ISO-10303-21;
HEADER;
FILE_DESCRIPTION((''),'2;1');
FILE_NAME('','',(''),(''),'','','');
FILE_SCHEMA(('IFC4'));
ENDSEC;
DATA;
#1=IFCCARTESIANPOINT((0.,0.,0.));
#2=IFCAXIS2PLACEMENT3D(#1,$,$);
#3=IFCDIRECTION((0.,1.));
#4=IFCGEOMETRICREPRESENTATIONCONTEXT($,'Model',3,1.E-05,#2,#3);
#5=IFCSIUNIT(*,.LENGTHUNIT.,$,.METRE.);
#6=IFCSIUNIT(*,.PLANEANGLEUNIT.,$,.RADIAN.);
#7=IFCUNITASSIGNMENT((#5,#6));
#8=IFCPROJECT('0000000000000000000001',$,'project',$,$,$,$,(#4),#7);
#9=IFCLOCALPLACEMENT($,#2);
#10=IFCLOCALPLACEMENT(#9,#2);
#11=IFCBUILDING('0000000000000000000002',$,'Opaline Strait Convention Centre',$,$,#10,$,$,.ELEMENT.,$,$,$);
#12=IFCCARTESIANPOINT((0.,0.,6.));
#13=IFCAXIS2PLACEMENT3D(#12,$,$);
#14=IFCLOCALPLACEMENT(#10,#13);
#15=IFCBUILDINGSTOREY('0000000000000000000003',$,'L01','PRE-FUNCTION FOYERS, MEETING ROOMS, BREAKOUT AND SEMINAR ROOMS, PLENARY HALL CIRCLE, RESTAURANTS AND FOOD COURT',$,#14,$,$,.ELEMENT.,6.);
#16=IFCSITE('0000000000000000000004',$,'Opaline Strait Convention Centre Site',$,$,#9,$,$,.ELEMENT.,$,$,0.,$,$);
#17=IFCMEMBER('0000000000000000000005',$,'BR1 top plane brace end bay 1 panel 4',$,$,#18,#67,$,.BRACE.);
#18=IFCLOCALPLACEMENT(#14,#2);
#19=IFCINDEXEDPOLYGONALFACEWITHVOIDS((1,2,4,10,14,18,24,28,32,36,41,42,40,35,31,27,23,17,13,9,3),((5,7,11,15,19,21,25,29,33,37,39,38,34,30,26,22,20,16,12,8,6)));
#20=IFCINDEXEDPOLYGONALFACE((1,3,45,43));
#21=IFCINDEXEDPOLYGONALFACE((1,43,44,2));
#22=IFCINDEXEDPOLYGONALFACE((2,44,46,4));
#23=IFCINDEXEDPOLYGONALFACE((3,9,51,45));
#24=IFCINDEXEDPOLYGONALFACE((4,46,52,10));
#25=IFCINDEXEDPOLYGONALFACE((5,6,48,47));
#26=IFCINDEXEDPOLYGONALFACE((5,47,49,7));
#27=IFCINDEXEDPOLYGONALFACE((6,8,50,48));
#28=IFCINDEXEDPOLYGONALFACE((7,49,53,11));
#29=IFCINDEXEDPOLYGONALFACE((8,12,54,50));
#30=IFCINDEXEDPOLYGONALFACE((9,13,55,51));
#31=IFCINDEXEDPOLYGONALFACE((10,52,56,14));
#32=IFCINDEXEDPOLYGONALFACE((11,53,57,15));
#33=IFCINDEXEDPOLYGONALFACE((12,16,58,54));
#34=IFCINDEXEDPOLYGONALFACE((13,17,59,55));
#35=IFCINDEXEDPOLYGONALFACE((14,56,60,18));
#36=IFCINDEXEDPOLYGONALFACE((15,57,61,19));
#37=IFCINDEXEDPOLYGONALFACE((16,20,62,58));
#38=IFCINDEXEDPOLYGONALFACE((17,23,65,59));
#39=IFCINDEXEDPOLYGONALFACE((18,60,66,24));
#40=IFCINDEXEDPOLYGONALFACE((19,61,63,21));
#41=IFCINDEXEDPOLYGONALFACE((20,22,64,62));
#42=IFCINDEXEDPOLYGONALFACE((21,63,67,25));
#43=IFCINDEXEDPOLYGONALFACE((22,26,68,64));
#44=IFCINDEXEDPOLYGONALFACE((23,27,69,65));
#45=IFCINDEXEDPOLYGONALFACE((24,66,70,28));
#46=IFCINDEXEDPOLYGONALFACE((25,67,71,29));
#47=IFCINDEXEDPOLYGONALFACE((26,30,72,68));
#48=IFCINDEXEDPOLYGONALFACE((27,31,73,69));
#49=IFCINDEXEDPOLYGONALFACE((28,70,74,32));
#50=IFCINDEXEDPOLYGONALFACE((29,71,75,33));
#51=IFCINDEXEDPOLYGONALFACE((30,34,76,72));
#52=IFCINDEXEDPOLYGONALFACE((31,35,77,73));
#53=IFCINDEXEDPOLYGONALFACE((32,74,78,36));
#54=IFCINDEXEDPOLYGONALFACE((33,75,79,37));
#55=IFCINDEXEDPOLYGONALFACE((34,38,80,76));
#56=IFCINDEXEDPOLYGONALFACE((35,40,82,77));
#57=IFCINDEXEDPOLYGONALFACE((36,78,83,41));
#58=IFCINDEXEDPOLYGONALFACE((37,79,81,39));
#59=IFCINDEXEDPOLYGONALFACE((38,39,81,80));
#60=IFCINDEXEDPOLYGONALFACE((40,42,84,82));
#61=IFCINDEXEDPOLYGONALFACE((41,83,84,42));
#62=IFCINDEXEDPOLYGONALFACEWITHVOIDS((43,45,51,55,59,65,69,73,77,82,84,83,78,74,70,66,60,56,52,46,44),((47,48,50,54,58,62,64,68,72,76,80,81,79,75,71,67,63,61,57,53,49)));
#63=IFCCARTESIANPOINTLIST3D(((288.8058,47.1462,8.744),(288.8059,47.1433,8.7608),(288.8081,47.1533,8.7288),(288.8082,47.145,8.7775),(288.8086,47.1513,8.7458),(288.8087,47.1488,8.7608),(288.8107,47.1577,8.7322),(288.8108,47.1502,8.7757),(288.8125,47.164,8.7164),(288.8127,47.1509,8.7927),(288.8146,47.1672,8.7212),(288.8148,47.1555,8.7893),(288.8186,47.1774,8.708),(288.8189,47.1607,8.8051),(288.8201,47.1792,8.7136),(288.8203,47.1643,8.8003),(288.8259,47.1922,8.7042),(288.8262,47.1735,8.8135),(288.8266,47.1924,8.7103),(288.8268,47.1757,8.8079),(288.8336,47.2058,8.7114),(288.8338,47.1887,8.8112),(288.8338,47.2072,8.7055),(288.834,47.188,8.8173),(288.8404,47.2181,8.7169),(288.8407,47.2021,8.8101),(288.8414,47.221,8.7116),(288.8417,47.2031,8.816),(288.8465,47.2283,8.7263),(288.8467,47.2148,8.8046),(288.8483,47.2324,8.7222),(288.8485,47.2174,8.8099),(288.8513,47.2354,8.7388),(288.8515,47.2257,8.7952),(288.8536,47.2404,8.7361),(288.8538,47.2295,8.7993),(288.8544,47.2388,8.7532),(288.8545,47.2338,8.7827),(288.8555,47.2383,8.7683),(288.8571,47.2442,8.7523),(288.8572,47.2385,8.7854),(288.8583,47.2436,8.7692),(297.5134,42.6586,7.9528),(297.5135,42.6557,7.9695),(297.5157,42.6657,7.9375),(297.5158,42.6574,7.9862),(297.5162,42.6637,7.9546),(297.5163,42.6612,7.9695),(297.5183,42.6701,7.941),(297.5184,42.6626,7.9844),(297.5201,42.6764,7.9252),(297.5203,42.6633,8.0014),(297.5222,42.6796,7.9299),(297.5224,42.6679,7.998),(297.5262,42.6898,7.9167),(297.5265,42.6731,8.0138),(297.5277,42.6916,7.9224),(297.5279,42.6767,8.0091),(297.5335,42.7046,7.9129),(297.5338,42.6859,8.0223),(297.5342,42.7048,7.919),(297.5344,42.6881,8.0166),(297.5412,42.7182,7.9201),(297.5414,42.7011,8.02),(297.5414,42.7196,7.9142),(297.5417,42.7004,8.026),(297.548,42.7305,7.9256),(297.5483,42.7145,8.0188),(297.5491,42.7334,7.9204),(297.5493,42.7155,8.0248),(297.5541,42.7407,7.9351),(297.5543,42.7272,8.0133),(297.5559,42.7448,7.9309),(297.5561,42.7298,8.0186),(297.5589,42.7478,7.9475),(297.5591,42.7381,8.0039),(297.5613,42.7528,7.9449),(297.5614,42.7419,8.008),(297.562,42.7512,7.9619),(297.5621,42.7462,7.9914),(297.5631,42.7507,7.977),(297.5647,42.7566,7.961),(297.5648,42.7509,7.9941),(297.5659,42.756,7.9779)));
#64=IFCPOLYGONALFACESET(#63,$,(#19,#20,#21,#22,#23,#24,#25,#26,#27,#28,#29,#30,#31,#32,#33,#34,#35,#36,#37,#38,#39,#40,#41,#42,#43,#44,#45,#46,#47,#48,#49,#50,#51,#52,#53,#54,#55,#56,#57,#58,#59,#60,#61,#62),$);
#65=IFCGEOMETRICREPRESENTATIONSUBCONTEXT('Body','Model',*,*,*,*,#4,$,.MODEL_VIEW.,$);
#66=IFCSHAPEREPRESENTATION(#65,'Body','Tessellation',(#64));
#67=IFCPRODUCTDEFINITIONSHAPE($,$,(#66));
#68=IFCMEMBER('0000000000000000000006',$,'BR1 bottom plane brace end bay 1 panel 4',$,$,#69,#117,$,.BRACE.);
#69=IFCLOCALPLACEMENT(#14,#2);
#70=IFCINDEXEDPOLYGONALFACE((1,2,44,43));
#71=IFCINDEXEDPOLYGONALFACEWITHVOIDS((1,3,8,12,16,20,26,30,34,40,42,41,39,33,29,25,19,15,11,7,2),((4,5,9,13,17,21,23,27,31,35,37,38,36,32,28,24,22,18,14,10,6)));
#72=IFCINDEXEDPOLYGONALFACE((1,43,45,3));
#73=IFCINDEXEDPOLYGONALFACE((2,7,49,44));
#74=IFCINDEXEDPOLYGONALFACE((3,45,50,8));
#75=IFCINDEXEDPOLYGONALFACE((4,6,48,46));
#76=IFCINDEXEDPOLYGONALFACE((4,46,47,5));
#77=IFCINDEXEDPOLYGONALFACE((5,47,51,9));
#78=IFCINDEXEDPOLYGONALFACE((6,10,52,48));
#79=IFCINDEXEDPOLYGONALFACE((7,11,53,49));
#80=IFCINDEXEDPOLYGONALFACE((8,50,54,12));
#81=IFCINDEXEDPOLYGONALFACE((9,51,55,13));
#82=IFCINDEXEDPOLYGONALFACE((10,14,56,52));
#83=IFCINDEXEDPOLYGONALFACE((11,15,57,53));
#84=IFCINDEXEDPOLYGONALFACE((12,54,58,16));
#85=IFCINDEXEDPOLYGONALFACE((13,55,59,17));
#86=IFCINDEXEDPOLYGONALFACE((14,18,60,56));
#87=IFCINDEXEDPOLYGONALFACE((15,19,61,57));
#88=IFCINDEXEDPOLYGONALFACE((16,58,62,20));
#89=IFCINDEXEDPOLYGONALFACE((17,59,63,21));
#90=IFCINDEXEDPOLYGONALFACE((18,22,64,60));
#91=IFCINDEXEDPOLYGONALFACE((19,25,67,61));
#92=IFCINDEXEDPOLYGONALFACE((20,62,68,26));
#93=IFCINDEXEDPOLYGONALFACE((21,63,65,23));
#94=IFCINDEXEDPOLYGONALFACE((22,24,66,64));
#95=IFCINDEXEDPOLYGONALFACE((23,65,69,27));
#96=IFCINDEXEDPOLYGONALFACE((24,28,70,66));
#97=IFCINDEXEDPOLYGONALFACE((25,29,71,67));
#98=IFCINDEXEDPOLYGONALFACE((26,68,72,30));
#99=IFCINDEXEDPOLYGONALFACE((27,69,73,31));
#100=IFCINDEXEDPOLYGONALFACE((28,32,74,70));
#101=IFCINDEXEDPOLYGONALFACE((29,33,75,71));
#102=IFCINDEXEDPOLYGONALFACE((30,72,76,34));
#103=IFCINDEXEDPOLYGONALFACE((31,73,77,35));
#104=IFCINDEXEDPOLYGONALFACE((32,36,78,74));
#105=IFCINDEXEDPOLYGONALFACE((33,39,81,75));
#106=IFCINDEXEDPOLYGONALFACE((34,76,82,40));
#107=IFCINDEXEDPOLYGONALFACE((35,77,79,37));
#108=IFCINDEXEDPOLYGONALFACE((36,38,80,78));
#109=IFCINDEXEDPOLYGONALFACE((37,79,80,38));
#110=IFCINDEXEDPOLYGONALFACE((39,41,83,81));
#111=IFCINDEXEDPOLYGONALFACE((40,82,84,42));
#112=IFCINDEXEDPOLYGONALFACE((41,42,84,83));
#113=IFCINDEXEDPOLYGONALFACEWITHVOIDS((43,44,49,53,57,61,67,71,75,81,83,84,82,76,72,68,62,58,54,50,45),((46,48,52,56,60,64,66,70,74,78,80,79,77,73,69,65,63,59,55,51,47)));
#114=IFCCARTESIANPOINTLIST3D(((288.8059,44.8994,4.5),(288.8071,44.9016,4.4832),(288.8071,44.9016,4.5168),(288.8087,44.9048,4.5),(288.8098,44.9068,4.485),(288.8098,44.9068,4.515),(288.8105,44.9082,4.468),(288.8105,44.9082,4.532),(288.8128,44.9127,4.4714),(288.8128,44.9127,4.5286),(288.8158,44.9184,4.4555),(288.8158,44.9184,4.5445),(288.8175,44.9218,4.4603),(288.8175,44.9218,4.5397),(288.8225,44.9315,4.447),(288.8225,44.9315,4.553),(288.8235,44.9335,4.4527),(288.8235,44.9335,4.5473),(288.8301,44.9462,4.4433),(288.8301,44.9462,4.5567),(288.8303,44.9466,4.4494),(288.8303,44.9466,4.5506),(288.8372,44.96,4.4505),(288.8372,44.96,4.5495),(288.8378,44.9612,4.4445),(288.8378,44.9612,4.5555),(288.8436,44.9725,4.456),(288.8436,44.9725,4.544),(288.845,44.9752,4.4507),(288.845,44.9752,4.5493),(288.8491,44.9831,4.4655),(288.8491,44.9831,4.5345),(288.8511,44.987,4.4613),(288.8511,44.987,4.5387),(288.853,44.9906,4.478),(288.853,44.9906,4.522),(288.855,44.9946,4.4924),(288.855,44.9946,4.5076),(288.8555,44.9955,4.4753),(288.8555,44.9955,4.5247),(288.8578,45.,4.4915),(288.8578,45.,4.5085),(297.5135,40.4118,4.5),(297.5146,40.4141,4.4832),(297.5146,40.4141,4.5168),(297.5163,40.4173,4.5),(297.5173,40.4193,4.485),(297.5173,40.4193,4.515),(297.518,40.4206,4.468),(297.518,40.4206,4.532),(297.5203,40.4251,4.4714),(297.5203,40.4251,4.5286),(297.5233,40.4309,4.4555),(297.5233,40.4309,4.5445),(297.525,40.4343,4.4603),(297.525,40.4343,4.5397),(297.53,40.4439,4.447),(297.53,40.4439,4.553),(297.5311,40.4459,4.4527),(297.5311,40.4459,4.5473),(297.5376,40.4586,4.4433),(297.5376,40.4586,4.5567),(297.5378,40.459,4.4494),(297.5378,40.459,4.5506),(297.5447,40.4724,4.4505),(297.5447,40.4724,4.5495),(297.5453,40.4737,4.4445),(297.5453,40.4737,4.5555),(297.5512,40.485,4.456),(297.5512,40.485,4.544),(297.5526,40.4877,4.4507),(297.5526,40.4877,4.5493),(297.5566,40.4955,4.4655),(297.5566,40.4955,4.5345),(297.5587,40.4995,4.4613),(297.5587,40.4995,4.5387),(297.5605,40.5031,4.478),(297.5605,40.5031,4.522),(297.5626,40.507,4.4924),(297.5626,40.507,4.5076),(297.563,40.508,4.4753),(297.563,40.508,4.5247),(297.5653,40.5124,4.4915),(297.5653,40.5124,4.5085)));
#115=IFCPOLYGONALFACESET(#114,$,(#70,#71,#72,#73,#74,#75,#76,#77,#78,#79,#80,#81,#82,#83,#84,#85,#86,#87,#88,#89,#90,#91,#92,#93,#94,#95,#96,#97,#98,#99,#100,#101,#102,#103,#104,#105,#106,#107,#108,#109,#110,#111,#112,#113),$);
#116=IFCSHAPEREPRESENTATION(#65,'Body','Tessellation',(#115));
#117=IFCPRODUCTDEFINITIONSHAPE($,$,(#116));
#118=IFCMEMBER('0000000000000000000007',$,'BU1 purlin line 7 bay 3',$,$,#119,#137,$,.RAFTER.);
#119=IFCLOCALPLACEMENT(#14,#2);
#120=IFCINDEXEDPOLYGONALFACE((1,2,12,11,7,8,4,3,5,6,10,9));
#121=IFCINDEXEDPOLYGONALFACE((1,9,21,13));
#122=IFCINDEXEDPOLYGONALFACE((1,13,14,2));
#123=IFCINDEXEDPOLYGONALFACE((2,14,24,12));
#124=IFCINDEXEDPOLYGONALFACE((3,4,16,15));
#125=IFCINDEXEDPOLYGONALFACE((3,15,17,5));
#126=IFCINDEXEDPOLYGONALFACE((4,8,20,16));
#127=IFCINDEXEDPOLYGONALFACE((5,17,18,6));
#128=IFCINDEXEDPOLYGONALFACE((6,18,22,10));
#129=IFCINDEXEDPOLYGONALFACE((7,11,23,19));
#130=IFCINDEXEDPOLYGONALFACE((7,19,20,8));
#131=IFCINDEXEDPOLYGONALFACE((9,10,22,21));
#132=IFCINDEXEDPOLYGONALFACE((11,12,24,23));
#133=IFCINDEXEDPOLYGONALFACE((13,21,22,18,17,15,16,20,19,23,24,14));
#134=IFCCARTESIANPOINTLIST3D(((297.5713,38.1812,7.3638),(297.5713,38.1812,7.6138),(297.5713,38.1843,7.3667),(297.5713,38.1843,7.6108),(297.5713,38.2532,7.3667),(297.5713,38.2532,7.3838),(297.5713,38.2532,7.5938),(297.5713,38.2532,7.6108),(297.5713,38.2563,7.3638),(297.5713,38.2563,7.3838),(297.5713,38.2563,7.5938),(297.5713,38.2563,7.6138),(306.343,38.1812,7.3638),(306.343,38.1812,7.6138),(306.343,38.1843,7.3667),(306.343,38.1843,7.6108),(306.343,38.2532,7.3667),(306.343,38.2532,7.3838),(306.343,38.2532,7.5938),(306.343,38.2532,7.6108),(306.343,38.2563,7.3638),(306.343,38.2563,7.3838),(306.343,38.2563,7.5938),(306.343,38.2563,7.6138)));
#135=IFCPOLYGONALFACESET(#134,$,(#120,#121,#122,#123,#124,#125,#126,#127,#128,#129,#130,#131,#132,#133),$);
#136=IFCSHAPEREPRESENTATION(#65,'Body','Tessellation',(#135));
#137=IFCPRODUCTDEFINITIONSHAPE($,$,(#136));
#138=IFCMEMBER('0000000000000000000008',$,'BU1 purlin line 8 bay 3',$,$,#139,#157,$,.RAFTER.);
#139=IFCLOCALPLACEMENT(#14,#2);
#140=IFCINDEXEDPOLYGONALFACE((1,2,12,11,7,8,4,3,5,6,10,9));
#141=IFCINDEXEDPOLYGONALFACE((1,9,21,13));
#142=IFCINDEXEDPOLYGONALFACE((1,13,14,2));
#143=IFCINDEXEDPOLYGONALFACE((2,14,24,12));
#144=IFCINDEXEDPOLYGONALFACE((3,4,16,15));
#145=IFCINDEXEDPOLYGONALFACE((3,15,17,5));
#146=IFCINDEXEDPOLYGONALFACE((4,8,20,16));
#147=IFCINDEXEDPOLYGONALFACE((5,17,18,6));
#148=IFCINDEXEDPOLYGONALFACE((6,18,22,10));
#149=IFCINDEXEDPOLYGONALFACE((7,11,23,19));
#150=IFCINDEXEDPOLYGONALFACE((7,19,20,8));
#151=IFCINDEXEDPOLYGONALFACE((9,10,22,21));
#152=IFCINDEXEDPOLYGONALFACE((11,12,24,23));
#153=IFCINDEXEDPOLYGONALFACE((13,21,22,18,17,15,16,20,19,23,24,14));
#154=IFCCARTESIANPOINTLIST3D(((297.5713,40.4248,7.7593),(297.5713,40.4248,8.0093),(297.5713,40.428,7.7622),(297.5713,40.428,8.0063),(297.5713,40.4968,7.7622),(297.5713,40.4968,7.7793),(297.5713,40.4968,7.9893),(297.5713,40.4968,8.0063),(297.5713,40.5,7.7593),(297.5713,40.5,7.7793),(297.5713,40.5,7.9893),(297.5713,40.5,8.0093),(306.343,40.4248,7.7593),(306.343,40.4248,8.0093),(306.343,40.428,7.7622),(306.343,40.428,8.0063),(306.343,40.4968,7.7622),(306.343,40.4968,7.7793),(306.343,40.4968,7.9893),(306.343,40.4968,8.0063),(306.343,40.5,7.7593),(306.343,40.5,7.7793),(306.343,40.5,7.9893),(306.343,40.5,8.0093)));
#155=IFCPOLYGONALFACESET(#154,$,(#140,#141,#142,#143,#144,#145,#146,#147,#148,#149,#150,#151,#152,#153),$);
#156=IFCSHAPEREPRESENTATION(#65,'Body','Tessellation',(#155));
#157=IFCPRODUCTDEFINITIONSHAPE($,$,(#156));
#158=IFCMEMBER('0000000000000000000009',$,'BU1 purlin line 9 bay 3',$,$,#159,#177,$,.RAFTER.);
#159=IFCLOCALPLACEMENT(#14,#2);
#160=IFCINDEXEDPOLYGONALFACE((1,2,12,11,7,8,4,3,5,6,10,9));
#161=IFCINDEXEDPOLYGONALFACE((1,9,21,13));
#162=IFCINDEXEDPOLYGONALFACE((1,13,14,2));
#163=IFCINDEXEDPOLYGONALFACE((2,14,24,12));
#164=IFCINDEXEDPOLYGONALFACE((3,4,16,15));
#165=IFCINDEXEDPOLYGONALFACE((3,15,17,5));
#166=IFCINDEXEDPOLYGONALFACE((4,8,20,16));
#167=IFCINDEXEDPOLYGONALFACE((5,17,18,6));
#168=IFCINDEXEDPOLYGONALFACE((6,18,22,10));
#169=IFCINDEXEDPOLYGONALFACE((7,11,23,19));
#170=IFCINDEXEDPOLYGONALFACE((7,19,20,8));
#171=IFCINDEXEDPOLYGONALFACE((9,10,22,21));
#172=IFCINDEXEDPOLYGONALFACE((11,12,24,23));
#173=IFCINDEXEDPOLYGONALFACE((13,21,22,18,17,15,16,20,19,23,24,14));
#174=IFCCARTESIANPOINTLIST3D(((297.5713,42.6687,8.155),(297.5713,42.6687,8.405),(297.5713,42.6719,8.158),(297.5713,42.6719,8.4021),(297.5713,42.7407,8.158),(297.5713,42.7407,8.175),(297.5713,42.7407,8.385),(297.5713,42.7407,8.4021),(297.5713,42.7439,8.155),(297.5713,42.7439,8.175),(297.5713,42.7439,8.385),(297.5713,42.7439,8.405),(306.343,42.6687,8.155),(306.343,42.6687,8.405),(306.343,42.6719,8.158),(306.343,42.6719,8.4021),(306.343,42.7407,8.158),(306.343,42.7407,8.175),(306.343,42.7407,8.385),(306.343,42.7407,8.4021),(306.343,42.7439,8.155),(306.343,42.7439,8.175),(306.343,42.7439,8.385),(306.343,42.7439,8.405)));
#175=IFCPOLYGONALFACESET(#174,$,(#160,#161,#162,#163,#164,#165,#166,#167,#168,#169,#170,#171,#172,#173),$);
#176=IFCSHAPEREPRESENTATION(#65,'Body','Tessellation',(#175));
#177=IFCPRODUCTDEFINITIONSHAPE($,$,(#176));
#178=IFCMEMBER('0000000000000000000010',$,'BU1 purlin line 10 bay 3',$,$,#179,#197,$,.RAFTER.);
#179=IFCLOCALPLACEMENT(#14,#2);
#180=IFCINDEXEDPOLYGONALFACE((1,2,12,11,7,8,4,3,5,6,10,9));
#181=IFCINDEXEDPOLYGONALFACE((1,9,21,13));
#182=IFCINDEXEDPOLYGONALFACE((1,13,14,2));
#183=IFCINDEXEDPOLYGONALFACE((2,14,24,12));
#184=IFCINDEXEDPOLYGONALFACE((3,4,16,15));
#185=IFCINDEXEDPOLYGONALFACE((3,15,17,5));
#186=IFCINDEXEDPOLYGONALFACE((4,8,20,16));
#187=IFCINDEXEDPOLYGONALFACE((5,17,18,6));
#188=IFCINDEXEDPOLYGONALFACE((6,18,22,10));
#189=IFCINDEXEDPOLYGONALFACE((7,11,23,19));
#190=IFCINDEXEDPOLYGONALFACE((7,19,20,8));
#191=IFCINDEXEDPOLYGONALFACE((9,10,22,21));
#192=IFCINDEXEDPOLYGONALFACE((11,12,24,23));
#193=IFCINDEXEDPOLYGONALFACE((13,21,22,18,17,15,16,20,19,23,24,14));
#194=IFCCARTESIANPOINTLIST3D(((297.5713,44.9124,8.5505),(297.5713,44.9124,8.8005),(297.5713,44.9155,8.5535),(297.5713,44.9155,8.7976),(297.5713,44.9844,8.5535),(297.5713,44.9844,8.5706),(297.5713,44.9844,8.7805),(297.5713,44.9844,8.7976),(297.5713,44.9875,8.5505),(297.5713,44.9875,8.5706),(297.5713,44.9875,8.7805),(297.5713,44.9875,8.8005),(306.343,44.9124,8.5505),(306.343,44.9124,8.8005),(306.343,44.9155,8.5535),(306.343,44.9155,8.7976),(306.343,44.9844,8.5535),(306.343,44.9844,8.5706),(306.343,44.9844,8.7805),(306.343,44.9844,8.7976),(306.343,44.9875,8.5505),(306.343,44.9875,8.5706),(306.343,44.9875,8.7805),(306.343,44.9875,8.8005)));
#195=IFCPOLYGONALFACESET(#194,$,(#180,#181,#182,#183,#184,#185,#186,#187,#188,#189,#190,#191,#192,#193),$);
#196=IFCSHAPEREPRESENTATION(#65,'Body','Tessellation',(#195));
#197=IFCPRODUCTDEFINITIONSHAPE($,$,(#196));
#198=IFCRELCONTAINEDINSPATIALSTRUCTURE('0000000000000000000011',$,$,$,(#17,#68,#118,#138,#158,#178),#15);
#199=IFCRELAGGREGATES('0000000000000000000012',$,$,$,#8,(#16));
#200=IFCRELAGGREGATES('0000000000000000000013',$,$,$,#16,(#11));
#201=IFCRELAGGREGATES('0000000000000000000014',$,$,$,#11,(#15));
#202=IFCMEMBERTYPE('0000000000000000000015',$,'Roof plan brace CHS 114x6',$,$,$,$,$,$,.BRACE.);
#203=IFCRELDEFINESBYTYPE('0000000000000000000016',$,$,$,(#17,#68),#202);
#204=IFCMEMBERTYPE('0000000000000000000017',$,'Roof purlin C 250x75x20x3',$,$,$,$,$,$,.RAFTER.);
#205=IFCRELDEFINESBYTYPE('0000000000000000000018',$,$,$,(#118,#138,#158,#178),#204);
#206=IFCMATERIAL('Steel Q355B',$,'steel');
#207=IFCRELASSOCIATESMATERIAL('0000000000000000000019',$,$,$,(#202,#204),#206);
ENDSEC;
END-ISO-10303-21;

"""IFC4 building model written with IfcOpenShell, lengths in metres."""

from ifc_helpers import new_model, si_unit, direction, frame, origin, origin_2d, place, context, subcontext, project, spatial, polyline, hollow_circle, outline, extrude, material, material_profile, profile_set, type_object, element, save


model = new_model("IFC4")

# Units and contexts
model_context = context("Model", 3, precision=1e-05, world=origin(), true_north=direction((0.0, 1.0)))
body_context = subcontext(model_context, "Body", "Model", "MODEL_VIEW")
ifc_project = project(units=[si_unit("LENGTHUNIT", "METRE"), si_unit("PLANEANGLEUNIT", "RADIAN")], contexts=[model_context])

# Site, building, storey
site_placement = place(None, origin())
site = spatial("IfcSite", under=ifc_project, at=site_placement, Name="Opaline Strait Convention Centre Site", CompositionType="ELEMENT", RefElevation=0.0)
building_placement = place(site_placement, origin())
building = spatial("IfcBuilding", under=site, at=building_placement, Name="Opaline Strait Convention Centre", CompositionType="ELEMENT")
storey_placement = place(building_placement, frame((0.0, 0.0, 6.0)))
storey = spatial("IfcBuildingStorey", under=building, at=storey_placement, Name="L01", Description="PRE-FUNCTION FOYERS, MEETING ROOMS, BREAKOUT AND SEMINAR ROOMS, PLENARY HALL CIRCLE, RESTAURANTS AND FOOD COURT", CompositionType="ELEMENT", Elevation=6.0)

# Members
ifc_material_1 = material(Name="Steel Q355B", Category="steel")
ifc_material_profile_1 = material_profile(ifc_material_1, hollow_circle(Radius=0.0569, WallThickness=0.0061, at=origin_2d()), Name="CHS 114x6")
ifc_profile_set_1 = profile_set([ifc_material_profile_1], Name="Steel Q355B")
member_type_1 = type_object("IfcMemberType", Name="Roof plan brace CHS 114x6", PredefinedType="BRACE", material=ifc_profile_set_1)
member_1_placement = place(storey_placement, frame((297.5396, 42.7063, 7.9695), z_axis=(-0.886012, 0.456619, 0.080513), x_axis=(-0.458106, -0.888897, 0.0)))
element("IfcMember", 1, at=member_1_placement, inside=storey, type_object=member_type_1, Name="BR1 top plane brace end bay 1 panel 4", PredefinedType="BRACE", context=body_context, shape_type="SweptSolid", body=[
    extrude(hollow_circle(Radius=0.0569, WallThickness=0.0061, at=origin_2d()), origin(), (0.0, 0.0, 1.0), 9.8279),
])
member_2_placement = place(storey_placement, frame((297.5396, 40.4624, 4.5), z_axis=(-0.888897, 0.458106, 0.0), x_axis=(-0.458106, -0.888897, 0.0)))
element("IfcMember", 2, at=member_2_placement, inside=storey, type_object=member_type_1, Name="BR1 bottom plane brace end bay 1 panel 4", PredefinedType="BRACE", context=body_context, shape_type="SweptSolid", body=[
    extrude(hollow_circle(Radius=0.0569, WallThickness=0.0061, at=origin_2d()), origin(), (0.0, 0.0, 1.0), 9.7959),
])
ifc_material_profile_2 = material_profile(ifc_material_1, outline(polyline([(-0.0376, -0.125), (0.0376, -0.125), (0.0376, -0.105), (0.0344, -0.105), (0.0344, -0.1221), (-0.0344, -0.1221), (-0.0344, 0.1221), (0.0344, 0.1221), (0.0344, 0.105), (0.0376, 0.105), (0.0376, 0.125), (-0.0376, 0.125), (-0.0376, -0.125)])), Name="C 250x75x20x3")
ifc_profile_set_2 = profile_set([ifc_material_profile_2], Name="Steel Q355B")
member_type_2 = type_object("IfcMemberType", Name="Roof purlin C 250x75x20x3", PredefinedType="RAFTER", material=ifc_profile_set_2)
for number, where, z_axis, x_axis, name in (
    (3, (297.5713, 38.2188, 7.4888), (1.0, 0.0, 0.0), (0.0, 1.0, 0.0), "BU1 purlin line 7 bay 3"),
    (4, (297.5713, 40.4624, 7.8843), (1.0, 0.0, 0.0), (0.0, 1.0, 0.0), "BU1 purlin line 8 bay 3"),
    (5, (297.5713, 42.7063, 8.28), (1.0, 0.0, 0.0), (0.0, 1.0, 0.0), "BU1 purlin line 9 bay 3"),
    (6, (297.5713, 44.95, 8.6755), (1.0, 0.0, 0.0), (0.0, 1.0, 0.0), "BU1 purlin line 10 bay 3"),
):
    element("IfcMember", number, at=place(storey_placement, frame(where, z_axis=z_axis, x_axis=x_axis)), inside=storey, type_object=member_type_2, Name=name, PredefinedType="RAFTER", context=body_context, shape_type="SweptSolid", body=[
        extrude(outline(polyline([(-0.0376, -0.125), (0.0376, -0.125), (0.0376, -0.105), (0.0344, -0.105), (0.0344, -0.1221), (-0.0344, -0.1221), (-0.0344, 0.1221), (0.0344, 0.1221), (0.0344, 0.105), (0.0376, 0.105), (0.0376, 0.125), (-0.0376, 0.125), (-0.0376, -0.125)])), origin(), (0.0, 0.0, 1.0), 8.7717),
    ])

save(model, "model.ifc")
